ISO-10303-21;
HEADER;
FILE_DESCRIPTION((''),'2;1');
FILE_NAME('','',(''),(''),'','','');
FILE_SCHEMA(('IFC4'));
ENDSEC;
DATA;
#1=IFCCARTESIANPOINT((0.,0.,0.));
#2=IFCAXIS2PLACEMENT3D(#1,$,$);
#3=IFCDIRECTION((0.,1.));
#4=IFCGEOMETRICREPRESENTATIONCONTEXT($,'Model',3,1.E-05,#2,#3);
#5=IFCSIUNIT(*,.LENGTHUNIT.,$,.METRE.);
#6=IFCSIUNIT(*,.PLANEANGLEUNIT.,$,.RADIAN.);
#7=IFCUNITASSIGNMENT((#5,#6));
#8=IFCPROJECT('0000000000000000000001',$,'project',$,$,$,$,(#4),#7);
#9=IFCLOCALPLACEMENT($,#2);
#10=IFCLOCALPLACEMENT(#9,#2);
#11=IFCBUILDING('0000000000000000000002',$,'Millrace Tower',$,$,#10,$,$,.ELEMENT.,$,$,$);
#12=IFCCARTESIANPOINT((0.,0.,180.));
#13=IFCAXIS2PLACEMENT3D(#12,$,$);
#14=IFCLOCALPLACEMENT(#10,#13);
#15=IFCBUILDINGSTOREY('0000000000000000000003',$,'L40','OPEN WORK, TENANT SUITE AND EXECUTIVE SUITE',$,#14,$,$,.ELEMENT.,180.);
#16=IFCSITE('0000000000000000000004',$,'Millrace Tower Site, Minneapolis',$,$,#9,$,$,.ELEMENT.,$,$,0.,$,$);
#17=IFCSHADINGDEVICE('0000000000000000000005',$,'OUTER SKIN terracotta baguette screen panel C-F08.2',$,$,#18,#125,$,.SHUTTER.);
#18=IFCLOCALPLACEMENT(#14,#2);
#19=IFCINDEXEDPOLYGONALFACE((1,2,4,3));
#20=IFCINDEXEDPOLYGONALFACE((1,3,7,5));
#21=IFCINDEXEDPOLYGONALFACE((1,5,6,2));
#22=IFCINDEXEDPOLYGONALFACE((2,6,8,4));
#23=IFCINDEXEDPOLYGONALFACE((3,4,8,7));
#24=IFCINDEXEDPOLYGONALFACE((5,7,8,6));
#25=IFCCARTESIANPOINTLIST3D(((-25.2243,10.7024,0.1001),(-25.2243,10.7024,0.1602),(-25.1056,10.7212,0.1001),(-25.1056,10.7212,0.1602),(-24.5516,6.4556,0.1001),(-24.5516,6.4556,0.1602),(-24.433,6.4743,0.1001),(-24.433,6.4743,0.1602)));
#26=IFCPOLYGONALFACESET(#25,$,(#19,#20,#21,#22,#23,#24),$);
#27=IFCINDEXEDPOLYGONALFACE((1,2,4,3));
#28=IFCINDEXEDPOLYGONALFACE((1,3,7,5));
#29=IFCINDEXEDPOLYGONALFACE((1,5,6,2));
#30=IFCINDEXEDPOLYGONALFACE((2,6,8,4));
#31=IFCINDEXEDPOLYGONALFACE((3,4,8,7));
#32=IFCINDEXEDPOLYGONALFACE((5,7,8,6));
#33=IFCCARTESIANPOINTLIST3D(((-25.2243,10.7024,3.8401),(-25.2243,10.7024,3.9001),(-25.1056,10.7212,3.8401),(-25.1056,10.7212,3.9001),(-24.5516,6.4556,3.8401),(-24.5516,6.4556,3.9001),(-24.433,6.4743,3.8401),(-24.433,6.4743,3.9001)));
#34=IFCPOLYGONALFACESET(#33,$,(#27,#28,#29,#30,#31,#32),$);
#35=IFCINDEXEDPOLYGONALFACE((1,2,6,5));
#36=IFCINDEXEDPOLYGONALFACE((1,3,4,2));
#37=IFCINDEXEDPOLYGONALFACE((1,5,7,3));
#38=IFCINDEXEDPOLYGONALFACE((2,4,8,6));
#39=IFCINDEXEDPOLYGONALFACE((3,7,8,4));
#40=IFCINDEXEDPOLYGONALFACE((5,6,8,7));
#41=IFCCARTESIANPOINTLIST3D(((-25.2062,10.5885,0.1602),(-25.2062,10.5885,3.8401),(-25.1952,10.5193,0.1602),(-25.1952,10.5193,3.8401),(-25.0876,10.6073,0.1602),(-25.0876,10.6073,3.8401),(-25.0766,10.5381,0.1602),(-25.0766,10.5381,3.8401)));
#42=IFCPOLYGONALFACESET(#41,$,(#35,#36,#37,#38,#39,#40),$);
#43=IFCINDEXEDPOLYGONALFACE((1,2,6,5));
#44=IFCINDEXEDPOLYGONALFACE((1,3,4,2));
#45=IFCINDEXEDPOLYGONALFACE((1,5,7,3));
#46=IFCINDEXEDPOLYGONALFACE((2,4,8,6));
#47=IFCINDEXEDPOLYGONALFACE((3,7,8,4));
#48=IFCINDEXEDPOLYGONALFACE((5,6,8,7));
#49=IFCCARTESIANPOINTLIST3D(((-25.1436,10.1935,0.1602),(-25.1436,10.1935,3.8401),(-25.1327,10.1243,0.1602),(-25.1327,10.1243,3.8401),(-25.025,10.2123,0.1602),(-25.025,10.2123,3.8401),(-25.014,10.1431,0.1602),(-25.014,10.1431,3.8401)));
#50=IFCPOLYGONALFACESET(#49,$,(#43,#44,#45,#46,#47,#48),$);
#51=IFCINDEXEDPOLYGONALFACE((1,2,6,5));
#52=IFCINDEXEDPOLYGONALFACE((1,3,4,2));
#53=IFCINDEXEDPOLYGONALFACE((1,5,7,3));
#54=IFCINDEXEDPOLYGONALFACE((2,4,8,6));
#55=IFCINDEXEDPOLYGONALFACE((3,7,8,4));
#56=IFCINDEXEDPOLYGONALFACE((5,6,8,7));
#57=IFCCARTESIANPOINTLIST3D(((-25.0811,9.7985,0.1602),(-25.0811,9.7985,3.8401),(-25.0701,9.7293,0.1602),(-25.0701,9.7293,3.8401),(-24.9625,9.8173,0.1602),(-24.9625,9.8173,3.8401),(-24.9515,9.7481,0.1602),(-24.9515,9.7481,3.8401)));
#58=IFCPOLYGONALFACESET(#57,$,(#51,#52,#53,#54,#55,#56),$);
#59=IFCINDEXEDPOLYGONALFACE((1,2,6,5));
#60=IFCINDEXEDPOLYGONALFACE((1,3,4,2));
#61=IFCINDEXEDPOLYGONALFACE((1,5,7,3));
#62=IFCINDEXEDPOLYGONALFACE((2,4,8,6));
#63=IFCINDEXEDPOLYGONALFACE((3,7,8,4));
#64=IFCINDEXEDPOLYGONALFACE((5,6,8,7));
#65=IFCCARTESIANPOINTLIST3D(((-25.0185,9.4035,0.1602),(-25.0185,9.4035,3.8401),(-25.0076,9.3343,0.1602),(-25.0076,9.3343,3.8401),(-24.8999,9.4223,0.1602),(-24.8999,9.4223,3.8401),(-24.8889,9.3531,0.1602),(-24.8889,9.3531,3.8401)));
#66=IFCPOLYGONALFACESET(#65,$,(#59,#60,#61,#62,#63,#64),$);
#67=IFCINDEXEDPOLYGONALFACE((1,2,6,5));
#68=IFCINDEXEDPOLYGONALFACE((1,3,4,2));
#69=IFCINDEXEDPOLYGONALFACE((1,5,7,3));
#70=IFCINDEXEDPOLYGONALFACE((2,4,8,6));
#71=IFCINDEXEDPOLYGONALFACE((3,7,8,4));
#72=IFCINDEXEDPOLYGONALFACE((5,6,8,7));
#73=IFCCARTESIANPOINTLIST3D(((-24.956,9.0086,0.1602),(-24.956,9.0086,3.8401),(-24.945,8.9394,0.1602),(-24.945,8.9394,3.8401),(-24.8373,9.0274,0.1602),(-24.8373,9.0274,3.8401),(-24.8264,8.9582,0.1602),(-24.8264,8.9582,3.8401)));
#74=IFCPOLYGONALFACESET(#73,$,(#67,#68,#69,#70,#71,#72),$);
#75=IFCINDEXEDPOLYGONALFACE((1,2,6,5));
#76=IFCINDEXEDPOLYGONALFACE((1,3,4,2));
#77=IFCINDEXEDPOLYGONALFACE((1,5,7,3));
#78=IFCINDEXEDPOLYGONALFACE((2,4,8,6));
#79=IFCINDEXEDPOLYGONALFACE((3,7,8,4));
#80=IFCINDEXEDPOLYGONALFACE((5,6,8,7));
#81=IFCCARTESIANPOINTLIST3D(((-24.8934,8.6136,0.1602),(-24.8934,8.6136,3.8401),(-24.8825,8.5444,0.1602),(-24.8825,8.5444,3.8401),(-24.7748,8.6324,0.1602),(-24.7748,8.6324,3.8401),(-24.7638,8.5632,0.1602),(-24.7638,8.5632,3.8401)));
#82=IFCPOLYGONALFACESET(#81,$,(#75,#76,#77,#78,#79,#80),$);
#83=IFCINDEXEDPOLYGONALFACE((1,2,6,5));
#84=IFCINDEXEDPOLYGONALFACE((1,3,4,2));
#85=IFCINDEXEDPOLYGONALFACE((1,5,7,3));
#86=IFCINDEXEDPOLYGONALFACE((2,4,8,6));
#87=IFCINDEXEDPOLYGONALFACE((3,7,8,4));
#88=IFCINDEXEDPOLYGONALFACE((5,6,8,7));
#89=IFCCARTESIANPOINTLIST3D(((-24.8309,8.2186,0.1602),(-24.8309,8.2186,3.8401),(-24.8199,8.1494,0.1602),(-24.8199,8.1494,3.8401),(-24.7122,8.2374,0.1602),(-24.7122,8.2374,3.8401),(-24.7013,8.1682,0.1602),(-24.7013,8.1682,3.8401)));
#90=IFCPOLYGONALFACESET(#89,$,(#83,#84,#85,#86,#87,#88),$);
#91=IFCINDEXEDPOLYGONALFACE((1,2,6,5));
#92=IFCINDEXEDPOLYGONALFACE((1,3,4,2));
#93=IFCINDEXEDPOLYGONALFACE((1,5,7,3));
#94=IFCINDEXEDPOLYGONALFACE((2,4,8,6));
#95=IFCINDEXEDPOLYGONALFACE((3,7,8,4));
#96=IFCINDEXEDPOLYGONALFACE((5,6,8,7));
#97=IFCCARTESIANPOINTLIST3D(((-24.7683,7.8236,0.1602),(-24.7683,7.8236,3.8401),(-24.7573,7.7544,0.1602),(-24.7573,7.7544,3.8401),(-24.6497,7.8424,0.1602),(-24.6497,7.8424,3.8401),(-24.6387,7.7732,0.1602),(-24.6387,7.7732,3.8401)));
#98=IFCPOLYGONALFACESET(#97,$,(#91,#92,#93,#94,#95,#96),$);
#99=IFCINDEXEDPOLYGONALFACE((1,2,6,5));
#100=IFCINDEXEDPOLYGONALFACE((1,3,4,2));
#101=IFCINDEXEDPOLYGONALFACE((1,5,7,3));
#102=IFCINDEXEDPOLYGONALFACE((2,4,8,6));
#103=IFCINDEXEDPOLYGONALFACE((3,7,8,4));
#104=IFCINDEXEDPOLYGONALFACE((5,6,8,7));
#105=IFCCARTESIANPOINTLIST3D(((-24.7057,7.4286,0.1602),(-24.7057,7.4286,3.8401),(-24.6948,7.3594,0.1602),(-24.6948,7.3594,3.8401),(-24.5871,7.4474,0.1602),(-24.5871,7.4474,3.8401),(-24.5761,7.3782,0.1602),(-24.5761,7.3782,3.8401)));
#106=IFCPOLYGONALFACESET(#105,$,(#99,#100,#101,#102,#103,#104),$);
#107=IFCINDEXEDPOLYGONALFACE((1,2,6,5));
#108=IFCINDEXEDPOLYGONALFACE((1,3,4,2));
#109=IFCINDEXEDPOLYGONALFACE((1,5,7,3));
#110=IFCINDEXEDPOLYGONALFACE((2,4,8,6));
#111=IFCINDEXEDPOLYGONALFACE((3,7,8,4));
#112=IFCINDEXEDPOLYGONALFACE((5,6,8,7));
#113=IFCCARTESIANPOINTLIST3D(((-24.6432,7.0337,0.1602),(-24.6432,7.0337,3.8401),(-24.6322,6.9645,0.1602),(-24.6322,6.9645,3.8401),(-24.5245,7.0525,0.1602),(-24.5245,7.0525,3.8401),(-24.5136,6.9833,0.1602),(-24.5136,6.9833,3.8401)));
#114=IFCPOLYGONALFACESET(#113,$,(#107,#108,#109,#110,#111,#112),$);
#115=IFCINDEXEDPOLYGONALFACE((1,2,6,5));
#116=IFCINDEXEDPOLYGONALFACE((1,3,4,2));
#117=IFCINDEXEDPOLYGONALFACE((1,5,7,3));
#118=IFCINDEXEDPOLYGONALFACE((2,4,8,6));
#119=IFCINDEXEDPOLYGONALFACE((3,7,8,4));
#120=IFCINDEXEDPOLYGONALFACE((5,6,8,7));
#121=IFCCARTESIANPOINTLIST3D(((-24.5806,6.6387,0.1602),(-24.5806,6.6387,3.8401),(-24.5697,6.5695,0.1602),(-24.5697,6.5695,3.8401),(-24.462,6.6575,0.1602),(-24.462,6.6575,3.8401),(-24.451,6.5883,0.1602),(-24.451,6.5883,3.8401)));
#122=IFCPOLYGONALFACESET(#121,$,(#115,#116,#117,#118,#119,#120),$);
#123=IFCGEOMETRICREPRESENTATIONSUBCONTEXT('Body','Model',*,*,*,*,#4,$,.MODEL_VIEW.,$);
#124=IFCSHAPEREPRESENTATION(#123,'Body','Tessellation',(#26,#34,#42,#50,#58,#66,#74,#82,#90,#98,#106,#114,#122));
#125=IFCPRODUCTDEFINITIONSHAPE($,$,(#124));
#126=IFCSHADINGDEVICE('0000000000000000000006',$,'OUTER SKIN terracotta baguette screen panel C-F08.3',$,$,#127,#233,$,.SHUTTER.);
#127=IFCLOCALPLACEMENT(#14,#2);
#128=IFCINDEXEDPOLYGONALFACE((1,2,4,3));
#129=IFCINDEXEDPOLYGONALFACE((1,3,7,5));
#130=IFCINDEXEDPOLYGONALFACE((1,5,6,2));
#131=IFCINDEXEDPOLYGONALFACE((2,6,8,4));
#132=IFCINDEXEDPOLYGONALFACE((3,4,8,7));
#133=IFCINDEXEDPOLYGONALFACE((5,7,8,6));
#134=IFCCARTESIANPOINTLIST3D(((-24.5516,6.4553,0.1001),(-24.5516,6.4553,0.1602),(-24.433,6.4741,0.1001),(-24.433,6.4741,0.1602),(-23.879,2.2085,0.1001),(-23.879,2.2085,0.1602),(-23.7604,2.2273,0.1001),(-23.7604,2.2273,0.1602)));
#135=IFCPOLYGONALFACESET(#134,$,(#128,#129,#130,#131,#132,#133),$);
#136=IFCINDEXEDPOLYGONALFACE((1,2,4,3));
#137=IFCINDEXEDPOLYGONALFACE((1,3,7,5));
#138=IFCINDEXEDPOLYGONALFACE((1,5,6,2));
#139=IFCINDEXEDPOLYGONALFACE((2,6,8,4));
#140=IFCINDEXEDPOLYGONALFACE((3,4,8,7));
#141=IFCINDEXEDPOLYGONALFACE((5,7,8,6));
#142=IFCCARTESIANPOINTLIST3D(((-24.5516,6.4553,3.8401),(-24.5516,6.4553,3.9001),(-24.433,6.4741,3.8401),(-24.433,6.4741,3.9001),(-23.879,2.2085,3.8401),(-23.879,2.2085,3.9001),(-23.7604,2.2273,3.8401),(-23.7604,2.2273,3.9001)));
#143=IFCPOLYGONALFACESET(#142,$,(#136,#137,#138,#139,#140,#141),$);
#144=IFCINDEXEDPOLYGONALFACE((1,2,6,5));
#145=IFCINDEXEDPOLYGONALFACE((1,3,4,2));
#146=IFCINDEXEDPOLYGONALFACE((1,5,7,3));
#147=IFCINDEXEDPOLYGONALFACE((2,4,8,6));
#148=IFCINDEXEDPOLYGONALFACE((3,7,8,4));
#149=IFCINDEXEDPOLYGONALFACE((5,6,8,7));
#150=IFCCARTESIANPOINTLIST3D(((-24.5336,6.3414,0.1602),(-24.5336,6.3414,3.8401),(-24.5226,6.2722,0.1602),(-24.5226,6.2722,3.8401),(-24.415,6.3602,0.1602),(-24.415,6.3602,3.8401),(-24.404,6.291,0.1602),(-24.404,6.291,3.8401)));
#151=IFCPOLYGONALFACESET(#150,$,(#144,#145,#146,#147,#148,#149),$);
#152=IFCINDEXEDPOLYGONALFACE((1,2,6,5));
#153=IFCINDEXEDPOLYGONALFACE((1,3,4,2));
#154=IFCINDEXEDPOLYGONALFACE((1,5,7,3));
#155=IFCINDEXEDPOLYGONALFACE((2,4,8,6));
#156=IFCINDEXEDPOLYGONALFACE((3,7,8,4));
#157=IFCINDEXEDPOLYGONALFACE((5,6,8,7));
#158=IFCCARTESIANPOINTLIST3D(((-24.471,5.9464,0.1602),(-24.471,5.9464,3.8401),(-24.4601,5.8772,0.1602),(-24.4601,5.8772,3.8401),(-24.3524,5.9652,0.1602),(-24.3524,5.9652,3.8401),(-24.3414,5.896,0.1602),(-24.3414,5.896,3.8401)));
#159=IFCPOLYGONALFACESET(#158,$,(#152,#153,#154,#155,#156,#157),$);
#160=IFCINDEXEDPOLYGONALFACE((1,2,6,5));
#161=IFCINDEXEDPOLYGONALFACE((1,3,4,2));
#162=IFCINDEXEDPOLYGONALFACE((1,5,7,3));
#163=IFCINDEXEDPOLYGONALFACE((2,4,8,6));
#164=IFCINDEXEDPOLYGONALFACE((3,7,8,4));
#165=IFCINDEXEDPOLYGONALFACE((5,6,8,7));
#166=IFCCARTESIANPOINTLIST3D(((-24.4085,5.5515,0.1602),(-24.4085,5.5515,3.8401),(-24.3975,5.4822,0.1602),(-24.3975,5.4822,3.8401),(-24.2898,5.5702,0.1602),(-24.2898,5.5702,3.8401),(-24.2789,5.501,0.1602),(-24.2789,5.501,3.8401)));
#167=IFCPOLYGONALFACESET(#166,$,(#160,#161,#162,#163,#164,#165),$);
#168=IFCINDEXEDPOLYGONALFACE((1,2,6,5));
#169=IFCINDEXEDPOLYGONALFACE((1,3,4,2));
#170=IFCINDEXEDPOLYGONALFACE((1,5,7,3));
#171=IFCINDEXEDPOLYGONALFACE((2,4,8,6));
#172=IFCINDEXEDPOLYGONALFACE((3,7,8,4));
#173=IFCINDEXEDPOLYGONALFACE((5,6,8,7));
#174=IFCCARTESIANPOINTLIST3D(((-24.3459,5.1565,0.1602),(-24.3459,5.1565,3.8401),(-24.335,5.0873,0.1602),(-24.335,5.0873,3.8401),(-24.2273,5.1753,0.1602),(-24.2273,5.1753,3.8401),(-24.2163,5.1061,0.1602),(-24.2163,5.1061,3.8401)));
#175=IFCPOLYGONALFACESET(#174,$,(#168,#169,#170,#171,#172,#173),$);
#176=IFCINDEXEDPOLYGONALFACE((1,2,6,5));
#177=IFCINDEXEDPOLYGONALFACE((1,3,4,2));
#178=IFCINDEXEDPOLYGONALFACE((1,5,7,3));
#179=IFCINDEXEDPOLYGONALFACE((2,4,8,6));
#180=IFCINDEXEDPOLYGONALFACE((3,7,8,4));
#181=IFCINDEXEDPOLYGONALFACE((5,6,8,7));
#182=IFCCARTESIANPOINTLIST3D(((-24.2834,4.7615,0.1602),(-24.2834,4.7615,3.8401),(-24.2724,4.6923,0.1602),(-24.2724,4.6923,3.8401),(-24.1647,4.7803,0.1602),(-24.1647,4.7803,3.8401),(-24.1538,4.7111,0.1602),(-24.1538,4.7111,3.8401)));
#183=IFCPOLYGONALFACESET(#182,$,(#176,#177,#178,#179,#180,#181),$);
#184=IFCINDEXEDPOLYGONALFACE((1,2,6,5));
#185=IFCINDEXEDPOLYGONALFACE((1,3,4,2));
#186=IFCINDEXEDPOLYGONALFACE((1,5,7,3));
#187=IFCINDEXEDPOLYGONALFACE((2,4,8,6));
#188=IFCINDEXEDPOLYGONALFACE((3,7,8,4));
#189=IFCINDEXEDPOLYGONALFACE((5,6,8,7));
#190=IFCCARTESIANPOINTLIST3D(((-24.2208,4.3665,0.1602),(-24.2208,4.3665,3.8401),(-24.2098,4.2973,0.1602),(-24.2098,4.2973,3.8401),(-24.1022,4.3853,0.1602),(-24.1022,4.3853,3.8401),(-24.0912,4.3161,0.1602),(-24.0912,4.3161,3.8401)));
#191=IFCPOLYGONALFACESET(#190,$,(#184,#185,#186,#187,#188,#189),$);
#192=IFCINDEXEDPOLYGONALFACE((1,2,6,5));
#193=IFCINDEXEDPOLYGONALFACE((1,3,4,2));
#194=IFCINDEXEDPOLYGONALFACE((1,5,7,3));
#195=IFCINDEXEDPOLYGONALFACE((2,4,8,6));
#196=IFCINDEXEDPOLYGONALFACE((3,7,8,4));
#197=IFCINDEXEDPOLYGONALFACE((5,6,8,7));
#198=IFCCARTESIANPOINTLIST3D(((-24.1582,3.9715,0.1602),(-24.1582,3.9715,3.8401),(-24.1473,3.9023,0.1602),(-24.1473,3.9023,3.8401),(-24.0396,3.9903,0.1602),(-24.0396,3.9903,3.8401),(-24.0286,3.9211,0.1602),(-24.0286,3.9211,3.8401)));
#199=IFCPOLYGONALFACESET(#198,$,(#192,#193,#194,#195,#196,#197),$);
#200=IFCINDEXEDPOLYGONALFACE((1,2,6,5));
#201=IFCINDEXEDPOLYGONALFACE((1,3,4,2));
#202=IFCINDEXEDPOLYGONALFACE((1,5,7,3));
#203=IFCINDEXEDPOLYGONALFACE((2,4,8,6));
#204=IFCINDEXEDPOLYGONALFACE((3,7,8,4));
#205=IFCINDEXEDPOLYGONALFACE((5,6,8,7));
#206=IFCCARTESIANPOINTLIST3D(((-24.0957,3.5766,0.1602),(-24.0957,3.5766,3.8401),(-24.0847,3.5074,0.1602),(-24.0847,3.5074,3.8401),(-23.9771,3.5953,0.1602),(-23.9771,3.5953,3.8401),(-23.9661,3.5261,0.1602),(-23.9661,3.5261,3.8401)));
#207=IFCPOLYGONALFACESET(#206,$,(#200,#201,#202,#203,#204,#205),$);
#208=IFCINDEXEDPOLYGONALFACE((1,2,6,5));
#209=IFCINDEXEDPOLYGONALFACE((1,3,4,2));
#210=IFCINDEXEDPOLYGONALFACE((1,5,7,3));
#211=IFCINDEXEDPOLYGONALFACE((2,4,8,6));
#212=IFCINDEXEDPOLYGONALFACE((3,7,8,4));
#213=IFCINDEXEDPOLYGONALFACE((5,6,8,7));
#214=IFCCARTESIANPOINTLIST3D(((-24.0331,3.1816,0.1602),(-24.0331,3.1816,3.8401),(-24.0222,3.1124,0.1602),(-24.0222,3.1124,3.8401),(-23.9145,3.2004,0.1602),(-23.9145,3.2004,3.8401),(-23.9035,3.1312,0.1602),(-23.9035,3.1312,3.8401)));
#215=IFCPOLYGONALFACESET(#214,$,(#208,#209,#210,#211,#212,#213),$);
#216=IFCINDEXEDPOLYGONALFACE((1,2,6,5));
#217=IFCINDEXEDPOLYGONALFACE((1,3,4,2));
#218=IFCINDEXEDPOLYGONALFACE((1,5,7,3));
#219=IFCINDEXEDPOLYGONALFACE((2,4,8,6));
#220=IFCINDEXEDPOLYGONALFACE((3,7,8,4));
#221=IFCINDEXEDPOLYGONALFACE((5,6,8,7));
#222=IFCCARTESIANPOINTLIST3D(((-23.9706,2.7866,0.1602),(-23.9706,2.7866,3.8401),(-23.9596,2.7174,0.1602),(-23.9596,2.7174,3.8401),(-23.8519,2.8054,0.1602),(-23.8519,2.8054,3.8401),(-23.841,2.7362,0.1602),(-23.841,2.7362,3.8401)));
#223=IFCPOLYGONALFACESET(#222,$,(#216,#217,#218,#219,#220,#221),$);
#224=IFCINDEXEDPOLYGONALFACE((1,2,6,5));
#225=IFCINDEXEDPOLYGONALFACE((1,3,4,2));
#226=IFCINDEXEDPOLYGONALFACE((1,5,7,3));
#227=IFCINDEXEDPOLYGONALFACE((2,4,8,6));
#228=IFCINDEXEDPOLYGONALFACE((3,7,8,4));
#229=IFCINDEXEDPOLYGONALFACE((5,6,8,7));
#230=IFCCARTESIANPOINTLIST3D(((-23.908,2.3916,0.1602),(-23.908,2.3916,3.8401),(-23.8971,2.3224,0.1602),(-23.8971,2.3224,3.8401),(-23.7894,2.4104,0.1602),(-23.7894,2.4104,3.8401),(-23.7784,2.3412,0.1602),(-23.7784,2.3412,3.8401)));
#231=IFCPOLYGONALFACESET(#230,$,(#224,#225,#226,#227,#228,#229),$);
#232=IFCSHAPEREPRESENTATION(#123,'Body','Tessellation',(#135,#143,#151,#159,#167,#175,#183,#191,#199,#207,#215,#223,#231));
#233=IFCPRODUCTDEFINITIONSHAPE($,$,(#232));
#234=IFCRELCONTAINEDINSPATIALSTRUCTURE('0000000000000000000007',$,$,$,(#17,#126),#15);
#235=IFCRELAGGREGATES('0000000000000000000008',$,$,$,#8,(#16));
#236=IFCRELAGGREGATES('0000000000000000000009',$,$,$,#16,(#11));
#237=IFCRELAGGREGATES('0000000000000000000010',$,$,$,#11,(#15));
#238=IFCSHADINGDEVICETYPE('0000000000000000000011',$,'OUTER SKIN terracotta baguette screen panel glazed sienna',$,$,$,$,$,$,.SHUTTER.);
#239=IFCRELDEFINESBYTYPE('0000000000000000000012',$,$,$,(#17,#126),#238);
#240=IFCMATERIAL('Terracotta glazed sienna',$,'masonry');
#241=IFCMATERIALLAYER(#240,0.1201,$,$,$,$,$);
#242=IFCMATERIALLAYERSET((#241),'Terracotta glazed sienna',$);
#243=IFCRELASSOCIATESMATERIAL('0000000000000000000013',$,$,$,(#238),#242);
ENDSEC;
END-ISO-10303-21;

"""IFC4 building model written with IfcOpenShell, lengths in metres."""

from ifc_helpers import new_model, entity, si_unit, direction, frame, frame_2d, origin, origin_2d, place, context, subcontext, project, spatial, rectangle, extrude, source, transform, mapped, material, layer, layer_set, type_object, element, save


model = new_model("IFC4")

# Units and contexts
model_context = context("Model", 3, precision=1e-05, world=origin(), true_north=direction((0.0, 1.0)))
body_context = subcontext(model_context, "Body", "Model", "MODEL_VIEW")
ifc_project = project(units=[si_unit("LENGTHUNIT", "METRE"), si_unit("PLANEANGLEUNIT", "RADIAN")], contexts=[model_context])

# Site, building, storey
site_placement = place(None, origin())
site = spatial("IfcSite", under=ifc_project, at=site_placement, Name="Millrace Tower Site, Minneapolis", CompositionType="ELEMENT", RefElevation=0.0)
building_placement = place(site_placement, origin())
building = spatial("IfcBuilding", under=site, at=building_placement, Name="Millrace Tower", CompositionType="ELEMENT")
storey_placement = place(building_placement, frame((0.0, 0.0, 180.0)))
storey = spatial("IfcBuildingStorey", under=building, at=storey_placement, Name="L40", Description="OPEN WORK, TENANT SUITE AND EXECUTIVE SUITE", CompositionType="ELEMENT", Elevation=180.0)

# Shading devices
ifc_material_1 = material(Name="Terracotta glazed sienna", Category="masonry")
ifc_layer_1 = layer(ifc_material_1, 0.1201)
ifc_layer_set_1 = layer_set([ifc_layer_1], Name="Terracotta glazed sienna")
shading_device_type = type_object("IfcShadingDeviceType", Name="OUTER SKIN terracotta baguette screen panel glazed sienna", PredefinedType="SHUTTER", material=ifc_layer_set_1)
cartesian_point = entity("IfcCartesianPoint", [-2.1499, 0.0601])
shared_polyline = entity("IfcPolyline", [cartesian_point, entity("IfcCartesianPoint", [2.1499, 0.0601]), entity("IfcCartesianPoint", [2.1499, -0.0601]), entity("IfcCartesianPoint", [-2.1499, -0.0601]), cartesian_point])
shared_shape = source(origin(), body_context, "Body", "SweptSolid", [
    entity("IfcExtrudedAreaSolid", entity("IfcArbitraryClosedProfileDef", "AREA", None, shared_polyline), entity("IfcAxis2Placement3D", entity("IfcCartesianPoint", [0.0, 0.0, 0.0])), entity("IfcDirection", [0.0, 0.0, 1.0]), 0.0601),
    entity("IfcExtrudedAreaSolid", entity("IfcArbitraryClosedProfileDef", "AREA", None, shared_polyline), entity("IfcAxis2Placement3D", entity("IfcCartesianPoint", [0.0, 0.0, 3.74])), entity("IfcDirection", [0.0, 0.0, 1.0]), 0.0601),
    extrude(rectangle(XDim=0.0701, YDim=0.1201, at=frame_2d((-1.9995, 0.0))), frame((0.0, 0.0, 0.0601)), (0.0, 0.0, 1.0), 3.6799),
    extrude(rectangle(XDim=0.0701, YDim=0.1201, at=frame_2d((-1.5996, 0.0))), frame((0.0, 0.0, 0.0601)), (0.0, 0.0, 1.0), 3.6799),
    extrude(rectangle(XDim=0.0701, YDim=0.1201, at=frame_2d((-1.1997, 0.0))), frame((0.0, 0.0, 0.0601)), (0.0, 0.0, 1.0), 3.6799),
    extrude(rectangle(XDim=0.0701, YDim=0.1201, at=frame_2d((-0.7998, 0.0))), frame((0.0, 0.0, 0.0601)), (0.0, 0.0, 1.0), 3.6799),
    extrude(rectangle(XDim=0.0701, YDim=0.1201, at=frame_2d((-0.3999, 0.0))), frame((0.0, 0.0, 0.0601)), (0.0, 0.0, 1.0), 3.6799),
    extrude(rectangle(XDim=0.0701, YDim=0.1201, at=origin_2d()), frame((0.0, 0.0, 0.0601)), (0.0, 0.0, 1.0), 3.6799),
    extrude(rectangle(XDim=0.0701, YDim=0.1201, at=frame_2d((0.3999, 0.0))), frame((0.0, 0.0, 0.0601)), (0.0, 0.0, 1.0), 3.6799),
    extrude(rectangle(XDim=0.0701, YDim=0.1201, at=frame_2d((0.7998, 0.0))), frame((0.0, 0.0, 0.0601)), (0.0, 0.0, 1.0), 3.6799),
    extrude(rectangle(XDim=0.0701, YDim=0.1201, at=frame_2d((1.1997, 0.0))), frame((0.0, 0.0, 0.0601)), (0.0, 0.0, 1.0), 3.6799),
    extrude(rectangle(XDim=0.0701, YDim=0.1201, at=frame_2d((1.5996, 0.0))), frame((0.0, 0.0, 0.0601)), (0.0, 0.0, 1.0), 3.6799),
    extrude(rectangle(XDim=0.0701, YDim=0.1201, at=frame_2d((1.9995, 0.0))), frame((0.0, 0.0, 0.0601)), (0.0, 0.0, 1.0), 3.6799),
])
for number, where, z_axis, x_axis, name in (
    (1, (-24.8286, 8.5884, 0.1001), (0.0, 0.0, 1.0), (0.156434, -0.987688, 0.0), "OUTER SKIN terracotta baguette screen panel C-F08.2"),
    (2, (-24.156, 4.3413, 0.1001), (0.0, 0.0, 1.0), (0.156434, -0.987688, 0.0), "OUTER SKIN terracotta baguette screen panel C-F08.3"),
):
    element("IfcShadingDevice", number, at=place(storey_placement, frame(where, z_axis=z_axis, x_axis=x_axis)), inside=storey, type_object=shading_device_type, Name=name, PredefinedType="SHUTTER", context=body_context, shape_type="MappedRepresentation", body=[
        mapped(shared_shape, transform((0.0, 0.0, 0.0), scale=1.0)),
    ])

save(model, "model.ifc")
